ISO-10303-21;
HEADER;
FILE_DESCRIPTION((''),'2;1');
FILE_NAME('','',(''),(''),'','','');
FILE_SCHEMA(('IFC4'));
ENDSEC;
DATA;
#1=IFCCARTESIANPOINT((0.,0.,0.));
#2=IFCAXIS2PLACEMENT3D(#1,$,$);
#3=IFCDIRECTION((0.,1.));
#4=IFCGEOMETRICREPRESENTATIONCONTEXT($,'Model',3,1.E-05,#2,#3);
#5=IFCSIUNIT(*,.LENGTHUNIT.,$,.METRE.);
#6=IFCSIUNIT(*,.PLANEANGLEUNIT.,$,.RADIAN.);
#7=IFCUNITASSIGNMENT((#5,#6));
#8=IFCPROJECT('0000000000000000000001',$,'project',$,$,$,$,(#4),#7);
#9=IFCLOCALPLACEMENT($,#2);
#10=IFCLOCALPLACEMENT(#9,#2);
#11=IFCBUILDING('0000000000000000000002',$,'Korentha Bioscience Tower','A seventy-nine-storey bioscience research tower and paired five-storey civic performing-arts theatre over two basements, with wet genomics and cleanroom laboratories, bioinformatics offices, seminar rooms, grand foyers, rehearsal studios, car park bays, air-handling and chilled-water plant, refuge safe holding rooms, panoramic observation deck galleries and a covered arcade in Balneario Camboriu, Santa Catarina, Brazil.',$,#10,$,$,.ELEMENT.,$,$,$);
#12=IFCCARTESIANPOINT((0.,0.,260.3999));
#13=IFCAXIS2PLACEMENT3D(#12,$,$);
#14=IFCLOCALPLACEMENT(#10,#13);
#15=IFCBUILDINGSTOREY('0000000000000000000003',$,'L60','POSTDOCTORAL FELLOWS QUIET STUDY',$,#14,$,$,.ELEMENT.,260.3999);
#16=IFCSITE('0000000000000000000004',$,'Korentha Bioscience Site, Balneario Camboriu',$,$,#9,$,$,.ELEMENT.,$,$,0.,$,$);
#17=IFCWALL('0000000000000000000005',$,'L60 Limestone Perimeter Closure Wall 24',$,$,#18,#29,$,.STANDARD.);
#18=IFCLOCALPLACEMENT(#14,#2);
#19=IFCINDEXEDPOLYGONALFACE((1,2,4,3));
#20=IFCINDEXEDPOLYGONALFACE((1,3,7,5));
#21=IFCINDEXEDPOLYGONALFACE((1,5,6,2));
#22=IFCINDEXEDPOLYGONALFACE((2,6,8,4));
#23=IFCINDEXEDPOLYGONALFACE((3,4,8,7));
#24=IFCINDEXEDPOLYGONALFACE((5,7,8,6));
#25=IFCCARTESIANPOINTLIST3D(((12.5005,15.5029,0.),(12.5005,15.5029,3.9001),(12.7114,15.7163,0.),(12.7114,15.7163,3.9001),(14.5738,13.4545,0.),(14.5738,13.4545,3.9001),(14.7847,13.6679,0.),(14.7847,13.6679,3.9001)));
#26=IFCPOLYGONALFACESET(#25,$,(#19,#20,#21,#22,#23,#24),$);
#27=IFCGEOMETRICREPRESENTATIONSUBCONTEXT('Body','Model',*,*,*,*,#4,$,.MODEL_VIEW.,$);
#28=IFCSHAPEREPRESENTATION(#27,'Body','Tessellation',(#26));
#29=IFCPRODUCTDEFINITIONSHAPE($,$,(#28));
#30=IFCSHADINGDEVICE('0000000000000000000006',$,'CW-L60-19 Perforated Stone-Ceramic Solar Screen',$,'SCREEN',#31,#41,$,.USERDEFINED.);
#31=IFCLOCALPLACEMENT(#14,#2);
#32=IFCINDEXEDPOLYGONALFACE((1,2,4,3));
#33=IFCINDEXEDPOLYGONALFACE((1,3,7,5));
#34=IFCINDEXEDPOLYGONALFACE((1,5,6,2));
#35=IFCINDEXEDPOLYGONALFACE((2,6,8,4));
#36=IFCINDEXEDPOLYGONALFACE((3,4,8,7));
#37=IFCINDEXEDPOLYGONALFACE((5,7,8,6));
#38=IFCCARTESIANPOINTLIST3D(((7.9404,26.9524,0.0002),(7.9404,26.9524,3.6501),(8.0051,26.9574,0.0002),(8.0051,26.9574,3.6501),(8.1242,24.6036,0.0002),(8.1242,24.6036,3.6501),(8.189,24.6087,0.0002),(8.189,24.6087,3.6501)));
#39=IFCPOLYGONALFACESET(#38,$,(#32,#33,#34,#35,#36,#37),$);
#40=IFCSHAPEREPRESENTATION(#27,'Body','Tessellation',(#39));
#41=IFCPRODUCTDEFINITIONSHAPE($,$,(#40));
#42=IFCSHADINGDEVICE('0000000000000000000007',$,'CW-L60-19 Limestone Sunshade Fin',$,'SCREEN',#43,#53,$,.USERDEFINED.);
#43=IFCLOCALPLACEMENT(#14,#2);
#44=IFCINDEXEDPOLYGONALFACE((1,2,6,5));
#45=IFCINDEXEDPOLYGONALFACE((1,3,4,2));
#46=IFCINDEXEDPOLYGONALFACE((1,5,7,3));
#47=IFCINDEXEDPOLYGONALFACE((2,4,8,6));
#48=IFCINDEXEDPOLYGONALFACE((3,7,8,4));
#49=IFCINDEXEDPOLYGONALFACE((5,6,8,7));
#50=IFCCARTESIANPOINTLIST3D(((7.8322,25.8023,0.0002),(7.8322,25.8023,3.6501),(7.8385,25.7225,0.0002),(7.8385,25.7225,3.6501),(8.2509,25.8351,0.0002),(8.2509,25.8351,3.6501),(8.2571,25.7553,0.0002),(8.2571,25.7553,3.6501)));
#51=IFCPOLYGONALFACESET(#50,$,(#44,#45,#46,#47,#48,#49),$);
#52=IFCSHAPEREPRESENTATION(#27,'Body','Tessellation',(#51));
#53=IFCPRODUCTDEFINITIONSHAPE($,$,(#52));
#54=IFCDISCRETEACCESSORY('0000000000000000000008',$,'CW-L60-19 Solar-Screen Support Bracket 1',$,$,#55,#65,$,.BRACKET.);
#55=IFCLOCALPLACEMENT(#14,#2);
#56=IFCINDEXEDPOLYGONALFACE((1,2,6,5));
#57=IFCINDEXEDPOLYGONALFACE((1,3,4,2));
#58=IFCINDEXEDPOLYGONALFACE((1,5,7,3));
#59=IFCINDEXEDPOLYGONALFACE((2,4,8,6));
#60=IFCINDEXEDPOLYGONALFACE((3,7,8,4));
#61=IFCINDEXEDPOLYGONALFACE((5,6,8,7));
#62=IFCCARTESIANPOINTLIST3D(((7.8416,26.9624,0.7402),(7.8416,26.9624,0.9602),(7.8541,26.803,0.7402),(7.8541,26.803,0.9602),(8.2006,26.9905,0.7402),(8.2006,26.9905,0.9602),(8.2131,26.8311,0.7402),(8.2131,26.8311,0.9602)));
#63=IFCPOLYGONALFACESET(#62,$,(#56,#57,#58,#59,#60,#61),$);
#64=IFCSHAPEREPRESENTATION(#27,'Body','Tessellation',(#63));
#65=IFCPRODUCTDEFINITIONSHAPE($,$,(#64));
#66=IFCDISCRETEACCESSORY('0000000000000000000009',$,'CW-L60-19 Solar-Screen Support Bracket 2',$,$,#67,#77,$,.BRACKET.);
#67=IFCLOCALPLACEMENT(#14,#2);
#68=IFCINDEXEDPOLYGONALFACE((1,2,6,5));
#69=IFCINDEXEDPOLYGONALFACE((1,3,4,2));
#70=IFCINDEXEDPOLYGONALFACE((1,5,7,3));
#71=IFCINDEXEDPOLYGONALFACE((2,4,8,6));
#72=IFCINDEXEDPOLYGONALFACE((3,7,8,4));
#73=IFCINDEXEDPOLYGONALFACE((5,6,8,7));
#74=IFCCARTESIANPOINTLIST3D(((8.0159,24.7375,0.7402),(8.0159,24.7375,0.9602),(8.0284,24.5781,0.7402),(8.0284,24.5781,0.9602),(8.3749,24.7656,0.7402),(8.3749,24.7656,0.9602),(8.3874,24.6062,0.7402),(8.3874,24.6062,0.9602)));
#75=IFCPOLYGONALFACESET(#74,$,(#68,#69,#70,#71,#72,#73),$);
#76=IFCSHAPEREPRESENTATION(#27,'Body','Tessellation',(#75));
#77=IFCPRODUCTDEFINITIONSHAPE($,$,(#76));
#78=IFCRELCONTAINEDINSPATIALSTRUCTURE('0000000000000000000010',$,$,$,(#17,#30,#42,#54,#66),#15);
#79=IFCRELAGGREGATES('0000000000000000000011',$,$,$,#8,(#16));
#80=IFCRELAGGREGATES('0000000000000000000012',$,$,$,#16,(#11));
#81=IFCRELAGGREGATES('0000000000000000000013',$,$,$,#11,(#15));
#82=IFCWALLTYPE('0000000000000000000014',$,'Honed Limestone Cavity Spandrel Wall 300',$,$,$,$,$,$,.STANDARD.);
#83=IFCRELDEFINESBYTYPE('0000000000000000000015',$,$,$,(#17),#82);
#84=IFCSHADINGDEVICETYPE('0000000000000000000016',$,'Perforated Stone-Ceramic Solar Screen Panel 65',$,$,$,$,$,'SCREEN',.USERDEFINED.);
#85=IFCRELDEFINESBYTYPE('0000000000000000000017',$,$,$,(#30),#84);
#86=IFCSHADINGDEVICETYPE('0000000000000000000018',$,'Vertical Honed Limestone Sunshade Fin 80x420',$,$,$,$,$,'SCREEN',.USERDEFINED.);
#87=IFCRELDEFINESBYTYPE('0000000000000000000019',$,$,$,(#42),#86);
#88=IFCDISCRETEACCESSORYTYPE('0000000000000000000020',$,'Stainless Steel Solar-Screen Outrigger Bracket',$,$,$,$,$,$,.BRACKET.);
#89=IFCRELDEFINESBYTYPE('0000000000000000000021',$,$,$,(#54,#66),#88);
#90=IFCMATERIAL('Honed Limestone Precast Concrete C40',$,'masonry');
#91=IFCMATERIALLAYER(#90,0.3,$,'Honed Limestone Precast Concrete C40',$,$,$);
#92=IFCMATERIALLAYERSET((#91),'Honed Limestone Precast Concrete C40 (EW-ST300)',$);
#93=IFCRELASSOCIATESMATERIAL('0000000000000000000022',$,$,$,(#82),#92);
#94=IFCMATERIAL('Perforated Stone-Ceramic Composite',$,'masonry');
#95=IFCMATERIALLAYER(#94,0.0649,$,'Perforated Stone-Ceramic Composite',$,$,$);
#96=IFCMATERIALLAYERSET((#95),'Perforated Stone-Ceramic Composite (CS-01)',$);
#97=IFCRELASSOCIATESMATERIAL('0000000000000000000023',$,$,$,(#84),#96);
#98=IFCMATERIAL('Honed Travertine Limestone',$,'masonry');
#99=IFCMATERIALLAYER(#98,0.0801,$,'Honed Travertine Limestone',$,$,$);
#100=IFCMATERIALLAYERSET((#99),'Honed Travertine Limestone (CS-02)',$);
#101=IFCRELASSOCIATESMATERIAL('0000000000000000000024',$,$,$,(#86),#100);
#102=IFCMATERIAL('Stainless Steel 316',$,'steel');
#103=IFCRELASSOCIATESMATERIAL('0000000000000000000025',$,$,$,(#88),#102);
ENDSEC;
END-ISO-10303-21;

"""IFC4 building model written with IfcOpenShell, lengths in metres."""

from ifc_helpers import new_model, si_unit, direction, frame, frame_2d, origin, origin_2d, place, context, subcontext, project, spatial, rectangle, extrude, material, layer, layer_set, type_object, element, save


model = new_model("IFC4")

# Units and contexts
model_context = context("Model", 3, precision=1e-05, world=origin(), true_north=direction((0.0, 1.0)))
body_context = subcontext(model_context, "Body", "Model", "MODEL_VIEW")
ifc_project = project(units=[si_unit("LENGTHUNIT", "METRE"), si_unit("PLANEANGLEUNIT", "RADIAN")], contexts=[model_context])

# Site, building, storey
site_placement = place(None, origin())
site = spatial("IfcSite", under=ifc_project, at=site_placement, Name="Korentha Bioscience Site, Balneario Camboriu", CompositionType="ELEMENT", RefElevation=0.0)
building_placement = place(site_placement, origin())
building = spatial("IfcBuilding", under=site, at=building_placement, Name="Korentha Bioscience Tower", Description="A seventy-nine-storey bioscience research tower and paired five-storey civic performing-arts theatre over two basements, with wet genomics and cleanroom laboratories, bioinformatics offices, seminar rooms, grand foyers, rehearsal studios, car park bays, air-handling and chilled-water plant, refuge safe holding rooms, panoramic observation deck galleries and a covered arcade in Balneario Camboriu, Santa Catarina, Brazil.", CompositionType="ELEMENT")
storey_placement = place(building_placement, frame((0.0, 0.0, 260.3999)))
storey = spatial("IfcBuildingStorey", under=building, at=storey_placement, Name="L60", Description="POSTDOCTORAL FELLOWS QUIET STUDY", CompositionType="ELEMENT", Elevation=260.3999)

# Wall
ifc_material_1 = material(Name="Honed Limestone Precast Concrete C40", Category="masonry")
ifc_layer_1 = layer(ifc_material_1, 0.3, Name="Honed Limestone Precast Concrete C40")
ifc_layer_set_1 = layer_set([ifc_layer_1], Name="Honed Limestone Precast Concrete C40 (EW-ST300)")
wall_type_1 = type_object("IfcWallType", Name="Honed Limestone Cavity Spandrel Wall 300", PredefinedType="STANDARD", material=ifc_layer_set_1)
wall_1_placement = place(storey_placement, frame((12.606, 15.6096, 0.0), z_axis=(0.0, 0.0, 1.0), x_axis=(0.711366, -0.702822, 0.0)))
element("IfcWall", 1, at=wall_1_placement, inside=storey, type_object=wall_type_1, Name="L60 Limestone Perimeter Closure Wall 24", PredefinedType="STANDARD", context=body_context, shape_type="SweptSolid", body=[
    extrude(rectangle(XDim=2.9146, YDim=0.3, at=frame_2d((1.4573, 0.0))), origin(), (0.0, 0.0, 1.0), 3.9001),
])

# Shading devices
ifc_material_2 = material(Name="Perforated Stone-Ceramic Composite", Category="masonry")
ifc_layer_2 = layer(ifc_material_2, 0.0649, Name="Perforated Stone-Ceramic Composite")
ifc_layer_set_2 = layer_set([ifc_layer_2], Name="Perforated Stone-Ceramic Composite (CS-01)")
shading_device_type_1 = type_object("IfcShadingDeviceType", Name="Perforated Stone-Ceramic Solar Screen Panel 65", ElementType="SCREEN", PredefinedType="USERDEFINED", material=ifc_layer_set_2)
shading_device_1_placement = place(storey_placement, frame((8.0647, 25.7805, 0.0002), z_axis=(0.0, 0.0, 1.0), x_axis=(0.078035, -0.996951, 0.0)))
element("IfcShadingDevice", 2, at=shading_device_1_placement, inside=storey, type_object=shading_device_type_1, Name="CW-L60-19 Perforated Stone-Ceramic Solar Screen", ObjectType="SCREEN", PredefinedType="USERDEFINED", context=body_context, shape_type="SweptSolid", body=[
    extrude(rectangle(XDim=2.356, YDim=0.0649, at=origin_2d()), origin(), (0.0, 0.0, 1.0), 3.6499),
])
ifc_material_3 = material(Name="Honed Travertine Limestone", Category="masonry")
ifc_layer_3 = layer(ifc_material_3, 0.0801, Name="Honed Travertine Limestone")
ifc_layer_set_3 = layer_set([ifc_layer_3], Name="Honed Travertine Limestone (CS-02)")
shading_device_type_2 = type_object("IfcShadingDeviceType", Name="Vertical Honed Limestone Sunshade Fin 80x420", ElementType="SCREEN", PredefinedType="USERDEFINED", material=ifc_layer_set_3)
shading_device_2_placement = place(storey_placement, frame((8.0447, 25.7788, 0.0002), z_axis=(0.0, 0.0, 1.0), x_axis=(0.078035, -0.996951, 0.0)))
element("IfcShadingDevice", 3, at=shading_device_2_placement, inside=storey, type_object=shading_device_type_2, Name="CW-L60-19 Limestone Sunshade Fin", ObjectType="SCREEN", PredefinedType="USERDEFINED", context=body_context, shape_type="SweptSolid", body=[
    extrude(rectangle(XDim=0.0801, YDim=0.4199, at=origin_2d()), origin(), (0.0, 0.0, 1.0), 3.6499),
])

# Discrete accessories
ifc_material_4 = material(Name="Stainless Steel 316", Category="steel")
discrete_accessory_type = type_object("IfcDiscreteAccessoryType", Name="Stainless Steel Solar-Screen Outrigger Bracket", PredefinedType="BRACKET", material=ifc_material_4)
for number, where, z_axis, x_axis, name in (
    (4, (8.0273, 26.8967, 0.7402), (0.0, 0.0, 1.0), (0.078035, -0.996951, 0.0), "CW-L60-19 Solar-Screen Support Bracket 1"),
    (5, (8.2017, 24.6719, 0.7402), (0.0, 0.0, 1.0), (0.078035, -0.996951, 0.0), "CW-L60-19 Solar-Screen Support Bracket 2"),
):
    element("IfcDiscreteAccessory", number, at=place(storey_placement, frame(where, z_axis=z_axis, x_axis=x_axis)), inside=storey, type_object=discrete_accessory_type, Name=name, PredefinedType="BRACKET", context=body_context, shape_type="SweptSolid", body=[
        extrude(rectangle(XDim=0.1599, YDim=0.3601, at=origin_2d()), origin(), (0.0, 0.0, 1.0), 0.22),
    ])

save(model, "model.ifc")
